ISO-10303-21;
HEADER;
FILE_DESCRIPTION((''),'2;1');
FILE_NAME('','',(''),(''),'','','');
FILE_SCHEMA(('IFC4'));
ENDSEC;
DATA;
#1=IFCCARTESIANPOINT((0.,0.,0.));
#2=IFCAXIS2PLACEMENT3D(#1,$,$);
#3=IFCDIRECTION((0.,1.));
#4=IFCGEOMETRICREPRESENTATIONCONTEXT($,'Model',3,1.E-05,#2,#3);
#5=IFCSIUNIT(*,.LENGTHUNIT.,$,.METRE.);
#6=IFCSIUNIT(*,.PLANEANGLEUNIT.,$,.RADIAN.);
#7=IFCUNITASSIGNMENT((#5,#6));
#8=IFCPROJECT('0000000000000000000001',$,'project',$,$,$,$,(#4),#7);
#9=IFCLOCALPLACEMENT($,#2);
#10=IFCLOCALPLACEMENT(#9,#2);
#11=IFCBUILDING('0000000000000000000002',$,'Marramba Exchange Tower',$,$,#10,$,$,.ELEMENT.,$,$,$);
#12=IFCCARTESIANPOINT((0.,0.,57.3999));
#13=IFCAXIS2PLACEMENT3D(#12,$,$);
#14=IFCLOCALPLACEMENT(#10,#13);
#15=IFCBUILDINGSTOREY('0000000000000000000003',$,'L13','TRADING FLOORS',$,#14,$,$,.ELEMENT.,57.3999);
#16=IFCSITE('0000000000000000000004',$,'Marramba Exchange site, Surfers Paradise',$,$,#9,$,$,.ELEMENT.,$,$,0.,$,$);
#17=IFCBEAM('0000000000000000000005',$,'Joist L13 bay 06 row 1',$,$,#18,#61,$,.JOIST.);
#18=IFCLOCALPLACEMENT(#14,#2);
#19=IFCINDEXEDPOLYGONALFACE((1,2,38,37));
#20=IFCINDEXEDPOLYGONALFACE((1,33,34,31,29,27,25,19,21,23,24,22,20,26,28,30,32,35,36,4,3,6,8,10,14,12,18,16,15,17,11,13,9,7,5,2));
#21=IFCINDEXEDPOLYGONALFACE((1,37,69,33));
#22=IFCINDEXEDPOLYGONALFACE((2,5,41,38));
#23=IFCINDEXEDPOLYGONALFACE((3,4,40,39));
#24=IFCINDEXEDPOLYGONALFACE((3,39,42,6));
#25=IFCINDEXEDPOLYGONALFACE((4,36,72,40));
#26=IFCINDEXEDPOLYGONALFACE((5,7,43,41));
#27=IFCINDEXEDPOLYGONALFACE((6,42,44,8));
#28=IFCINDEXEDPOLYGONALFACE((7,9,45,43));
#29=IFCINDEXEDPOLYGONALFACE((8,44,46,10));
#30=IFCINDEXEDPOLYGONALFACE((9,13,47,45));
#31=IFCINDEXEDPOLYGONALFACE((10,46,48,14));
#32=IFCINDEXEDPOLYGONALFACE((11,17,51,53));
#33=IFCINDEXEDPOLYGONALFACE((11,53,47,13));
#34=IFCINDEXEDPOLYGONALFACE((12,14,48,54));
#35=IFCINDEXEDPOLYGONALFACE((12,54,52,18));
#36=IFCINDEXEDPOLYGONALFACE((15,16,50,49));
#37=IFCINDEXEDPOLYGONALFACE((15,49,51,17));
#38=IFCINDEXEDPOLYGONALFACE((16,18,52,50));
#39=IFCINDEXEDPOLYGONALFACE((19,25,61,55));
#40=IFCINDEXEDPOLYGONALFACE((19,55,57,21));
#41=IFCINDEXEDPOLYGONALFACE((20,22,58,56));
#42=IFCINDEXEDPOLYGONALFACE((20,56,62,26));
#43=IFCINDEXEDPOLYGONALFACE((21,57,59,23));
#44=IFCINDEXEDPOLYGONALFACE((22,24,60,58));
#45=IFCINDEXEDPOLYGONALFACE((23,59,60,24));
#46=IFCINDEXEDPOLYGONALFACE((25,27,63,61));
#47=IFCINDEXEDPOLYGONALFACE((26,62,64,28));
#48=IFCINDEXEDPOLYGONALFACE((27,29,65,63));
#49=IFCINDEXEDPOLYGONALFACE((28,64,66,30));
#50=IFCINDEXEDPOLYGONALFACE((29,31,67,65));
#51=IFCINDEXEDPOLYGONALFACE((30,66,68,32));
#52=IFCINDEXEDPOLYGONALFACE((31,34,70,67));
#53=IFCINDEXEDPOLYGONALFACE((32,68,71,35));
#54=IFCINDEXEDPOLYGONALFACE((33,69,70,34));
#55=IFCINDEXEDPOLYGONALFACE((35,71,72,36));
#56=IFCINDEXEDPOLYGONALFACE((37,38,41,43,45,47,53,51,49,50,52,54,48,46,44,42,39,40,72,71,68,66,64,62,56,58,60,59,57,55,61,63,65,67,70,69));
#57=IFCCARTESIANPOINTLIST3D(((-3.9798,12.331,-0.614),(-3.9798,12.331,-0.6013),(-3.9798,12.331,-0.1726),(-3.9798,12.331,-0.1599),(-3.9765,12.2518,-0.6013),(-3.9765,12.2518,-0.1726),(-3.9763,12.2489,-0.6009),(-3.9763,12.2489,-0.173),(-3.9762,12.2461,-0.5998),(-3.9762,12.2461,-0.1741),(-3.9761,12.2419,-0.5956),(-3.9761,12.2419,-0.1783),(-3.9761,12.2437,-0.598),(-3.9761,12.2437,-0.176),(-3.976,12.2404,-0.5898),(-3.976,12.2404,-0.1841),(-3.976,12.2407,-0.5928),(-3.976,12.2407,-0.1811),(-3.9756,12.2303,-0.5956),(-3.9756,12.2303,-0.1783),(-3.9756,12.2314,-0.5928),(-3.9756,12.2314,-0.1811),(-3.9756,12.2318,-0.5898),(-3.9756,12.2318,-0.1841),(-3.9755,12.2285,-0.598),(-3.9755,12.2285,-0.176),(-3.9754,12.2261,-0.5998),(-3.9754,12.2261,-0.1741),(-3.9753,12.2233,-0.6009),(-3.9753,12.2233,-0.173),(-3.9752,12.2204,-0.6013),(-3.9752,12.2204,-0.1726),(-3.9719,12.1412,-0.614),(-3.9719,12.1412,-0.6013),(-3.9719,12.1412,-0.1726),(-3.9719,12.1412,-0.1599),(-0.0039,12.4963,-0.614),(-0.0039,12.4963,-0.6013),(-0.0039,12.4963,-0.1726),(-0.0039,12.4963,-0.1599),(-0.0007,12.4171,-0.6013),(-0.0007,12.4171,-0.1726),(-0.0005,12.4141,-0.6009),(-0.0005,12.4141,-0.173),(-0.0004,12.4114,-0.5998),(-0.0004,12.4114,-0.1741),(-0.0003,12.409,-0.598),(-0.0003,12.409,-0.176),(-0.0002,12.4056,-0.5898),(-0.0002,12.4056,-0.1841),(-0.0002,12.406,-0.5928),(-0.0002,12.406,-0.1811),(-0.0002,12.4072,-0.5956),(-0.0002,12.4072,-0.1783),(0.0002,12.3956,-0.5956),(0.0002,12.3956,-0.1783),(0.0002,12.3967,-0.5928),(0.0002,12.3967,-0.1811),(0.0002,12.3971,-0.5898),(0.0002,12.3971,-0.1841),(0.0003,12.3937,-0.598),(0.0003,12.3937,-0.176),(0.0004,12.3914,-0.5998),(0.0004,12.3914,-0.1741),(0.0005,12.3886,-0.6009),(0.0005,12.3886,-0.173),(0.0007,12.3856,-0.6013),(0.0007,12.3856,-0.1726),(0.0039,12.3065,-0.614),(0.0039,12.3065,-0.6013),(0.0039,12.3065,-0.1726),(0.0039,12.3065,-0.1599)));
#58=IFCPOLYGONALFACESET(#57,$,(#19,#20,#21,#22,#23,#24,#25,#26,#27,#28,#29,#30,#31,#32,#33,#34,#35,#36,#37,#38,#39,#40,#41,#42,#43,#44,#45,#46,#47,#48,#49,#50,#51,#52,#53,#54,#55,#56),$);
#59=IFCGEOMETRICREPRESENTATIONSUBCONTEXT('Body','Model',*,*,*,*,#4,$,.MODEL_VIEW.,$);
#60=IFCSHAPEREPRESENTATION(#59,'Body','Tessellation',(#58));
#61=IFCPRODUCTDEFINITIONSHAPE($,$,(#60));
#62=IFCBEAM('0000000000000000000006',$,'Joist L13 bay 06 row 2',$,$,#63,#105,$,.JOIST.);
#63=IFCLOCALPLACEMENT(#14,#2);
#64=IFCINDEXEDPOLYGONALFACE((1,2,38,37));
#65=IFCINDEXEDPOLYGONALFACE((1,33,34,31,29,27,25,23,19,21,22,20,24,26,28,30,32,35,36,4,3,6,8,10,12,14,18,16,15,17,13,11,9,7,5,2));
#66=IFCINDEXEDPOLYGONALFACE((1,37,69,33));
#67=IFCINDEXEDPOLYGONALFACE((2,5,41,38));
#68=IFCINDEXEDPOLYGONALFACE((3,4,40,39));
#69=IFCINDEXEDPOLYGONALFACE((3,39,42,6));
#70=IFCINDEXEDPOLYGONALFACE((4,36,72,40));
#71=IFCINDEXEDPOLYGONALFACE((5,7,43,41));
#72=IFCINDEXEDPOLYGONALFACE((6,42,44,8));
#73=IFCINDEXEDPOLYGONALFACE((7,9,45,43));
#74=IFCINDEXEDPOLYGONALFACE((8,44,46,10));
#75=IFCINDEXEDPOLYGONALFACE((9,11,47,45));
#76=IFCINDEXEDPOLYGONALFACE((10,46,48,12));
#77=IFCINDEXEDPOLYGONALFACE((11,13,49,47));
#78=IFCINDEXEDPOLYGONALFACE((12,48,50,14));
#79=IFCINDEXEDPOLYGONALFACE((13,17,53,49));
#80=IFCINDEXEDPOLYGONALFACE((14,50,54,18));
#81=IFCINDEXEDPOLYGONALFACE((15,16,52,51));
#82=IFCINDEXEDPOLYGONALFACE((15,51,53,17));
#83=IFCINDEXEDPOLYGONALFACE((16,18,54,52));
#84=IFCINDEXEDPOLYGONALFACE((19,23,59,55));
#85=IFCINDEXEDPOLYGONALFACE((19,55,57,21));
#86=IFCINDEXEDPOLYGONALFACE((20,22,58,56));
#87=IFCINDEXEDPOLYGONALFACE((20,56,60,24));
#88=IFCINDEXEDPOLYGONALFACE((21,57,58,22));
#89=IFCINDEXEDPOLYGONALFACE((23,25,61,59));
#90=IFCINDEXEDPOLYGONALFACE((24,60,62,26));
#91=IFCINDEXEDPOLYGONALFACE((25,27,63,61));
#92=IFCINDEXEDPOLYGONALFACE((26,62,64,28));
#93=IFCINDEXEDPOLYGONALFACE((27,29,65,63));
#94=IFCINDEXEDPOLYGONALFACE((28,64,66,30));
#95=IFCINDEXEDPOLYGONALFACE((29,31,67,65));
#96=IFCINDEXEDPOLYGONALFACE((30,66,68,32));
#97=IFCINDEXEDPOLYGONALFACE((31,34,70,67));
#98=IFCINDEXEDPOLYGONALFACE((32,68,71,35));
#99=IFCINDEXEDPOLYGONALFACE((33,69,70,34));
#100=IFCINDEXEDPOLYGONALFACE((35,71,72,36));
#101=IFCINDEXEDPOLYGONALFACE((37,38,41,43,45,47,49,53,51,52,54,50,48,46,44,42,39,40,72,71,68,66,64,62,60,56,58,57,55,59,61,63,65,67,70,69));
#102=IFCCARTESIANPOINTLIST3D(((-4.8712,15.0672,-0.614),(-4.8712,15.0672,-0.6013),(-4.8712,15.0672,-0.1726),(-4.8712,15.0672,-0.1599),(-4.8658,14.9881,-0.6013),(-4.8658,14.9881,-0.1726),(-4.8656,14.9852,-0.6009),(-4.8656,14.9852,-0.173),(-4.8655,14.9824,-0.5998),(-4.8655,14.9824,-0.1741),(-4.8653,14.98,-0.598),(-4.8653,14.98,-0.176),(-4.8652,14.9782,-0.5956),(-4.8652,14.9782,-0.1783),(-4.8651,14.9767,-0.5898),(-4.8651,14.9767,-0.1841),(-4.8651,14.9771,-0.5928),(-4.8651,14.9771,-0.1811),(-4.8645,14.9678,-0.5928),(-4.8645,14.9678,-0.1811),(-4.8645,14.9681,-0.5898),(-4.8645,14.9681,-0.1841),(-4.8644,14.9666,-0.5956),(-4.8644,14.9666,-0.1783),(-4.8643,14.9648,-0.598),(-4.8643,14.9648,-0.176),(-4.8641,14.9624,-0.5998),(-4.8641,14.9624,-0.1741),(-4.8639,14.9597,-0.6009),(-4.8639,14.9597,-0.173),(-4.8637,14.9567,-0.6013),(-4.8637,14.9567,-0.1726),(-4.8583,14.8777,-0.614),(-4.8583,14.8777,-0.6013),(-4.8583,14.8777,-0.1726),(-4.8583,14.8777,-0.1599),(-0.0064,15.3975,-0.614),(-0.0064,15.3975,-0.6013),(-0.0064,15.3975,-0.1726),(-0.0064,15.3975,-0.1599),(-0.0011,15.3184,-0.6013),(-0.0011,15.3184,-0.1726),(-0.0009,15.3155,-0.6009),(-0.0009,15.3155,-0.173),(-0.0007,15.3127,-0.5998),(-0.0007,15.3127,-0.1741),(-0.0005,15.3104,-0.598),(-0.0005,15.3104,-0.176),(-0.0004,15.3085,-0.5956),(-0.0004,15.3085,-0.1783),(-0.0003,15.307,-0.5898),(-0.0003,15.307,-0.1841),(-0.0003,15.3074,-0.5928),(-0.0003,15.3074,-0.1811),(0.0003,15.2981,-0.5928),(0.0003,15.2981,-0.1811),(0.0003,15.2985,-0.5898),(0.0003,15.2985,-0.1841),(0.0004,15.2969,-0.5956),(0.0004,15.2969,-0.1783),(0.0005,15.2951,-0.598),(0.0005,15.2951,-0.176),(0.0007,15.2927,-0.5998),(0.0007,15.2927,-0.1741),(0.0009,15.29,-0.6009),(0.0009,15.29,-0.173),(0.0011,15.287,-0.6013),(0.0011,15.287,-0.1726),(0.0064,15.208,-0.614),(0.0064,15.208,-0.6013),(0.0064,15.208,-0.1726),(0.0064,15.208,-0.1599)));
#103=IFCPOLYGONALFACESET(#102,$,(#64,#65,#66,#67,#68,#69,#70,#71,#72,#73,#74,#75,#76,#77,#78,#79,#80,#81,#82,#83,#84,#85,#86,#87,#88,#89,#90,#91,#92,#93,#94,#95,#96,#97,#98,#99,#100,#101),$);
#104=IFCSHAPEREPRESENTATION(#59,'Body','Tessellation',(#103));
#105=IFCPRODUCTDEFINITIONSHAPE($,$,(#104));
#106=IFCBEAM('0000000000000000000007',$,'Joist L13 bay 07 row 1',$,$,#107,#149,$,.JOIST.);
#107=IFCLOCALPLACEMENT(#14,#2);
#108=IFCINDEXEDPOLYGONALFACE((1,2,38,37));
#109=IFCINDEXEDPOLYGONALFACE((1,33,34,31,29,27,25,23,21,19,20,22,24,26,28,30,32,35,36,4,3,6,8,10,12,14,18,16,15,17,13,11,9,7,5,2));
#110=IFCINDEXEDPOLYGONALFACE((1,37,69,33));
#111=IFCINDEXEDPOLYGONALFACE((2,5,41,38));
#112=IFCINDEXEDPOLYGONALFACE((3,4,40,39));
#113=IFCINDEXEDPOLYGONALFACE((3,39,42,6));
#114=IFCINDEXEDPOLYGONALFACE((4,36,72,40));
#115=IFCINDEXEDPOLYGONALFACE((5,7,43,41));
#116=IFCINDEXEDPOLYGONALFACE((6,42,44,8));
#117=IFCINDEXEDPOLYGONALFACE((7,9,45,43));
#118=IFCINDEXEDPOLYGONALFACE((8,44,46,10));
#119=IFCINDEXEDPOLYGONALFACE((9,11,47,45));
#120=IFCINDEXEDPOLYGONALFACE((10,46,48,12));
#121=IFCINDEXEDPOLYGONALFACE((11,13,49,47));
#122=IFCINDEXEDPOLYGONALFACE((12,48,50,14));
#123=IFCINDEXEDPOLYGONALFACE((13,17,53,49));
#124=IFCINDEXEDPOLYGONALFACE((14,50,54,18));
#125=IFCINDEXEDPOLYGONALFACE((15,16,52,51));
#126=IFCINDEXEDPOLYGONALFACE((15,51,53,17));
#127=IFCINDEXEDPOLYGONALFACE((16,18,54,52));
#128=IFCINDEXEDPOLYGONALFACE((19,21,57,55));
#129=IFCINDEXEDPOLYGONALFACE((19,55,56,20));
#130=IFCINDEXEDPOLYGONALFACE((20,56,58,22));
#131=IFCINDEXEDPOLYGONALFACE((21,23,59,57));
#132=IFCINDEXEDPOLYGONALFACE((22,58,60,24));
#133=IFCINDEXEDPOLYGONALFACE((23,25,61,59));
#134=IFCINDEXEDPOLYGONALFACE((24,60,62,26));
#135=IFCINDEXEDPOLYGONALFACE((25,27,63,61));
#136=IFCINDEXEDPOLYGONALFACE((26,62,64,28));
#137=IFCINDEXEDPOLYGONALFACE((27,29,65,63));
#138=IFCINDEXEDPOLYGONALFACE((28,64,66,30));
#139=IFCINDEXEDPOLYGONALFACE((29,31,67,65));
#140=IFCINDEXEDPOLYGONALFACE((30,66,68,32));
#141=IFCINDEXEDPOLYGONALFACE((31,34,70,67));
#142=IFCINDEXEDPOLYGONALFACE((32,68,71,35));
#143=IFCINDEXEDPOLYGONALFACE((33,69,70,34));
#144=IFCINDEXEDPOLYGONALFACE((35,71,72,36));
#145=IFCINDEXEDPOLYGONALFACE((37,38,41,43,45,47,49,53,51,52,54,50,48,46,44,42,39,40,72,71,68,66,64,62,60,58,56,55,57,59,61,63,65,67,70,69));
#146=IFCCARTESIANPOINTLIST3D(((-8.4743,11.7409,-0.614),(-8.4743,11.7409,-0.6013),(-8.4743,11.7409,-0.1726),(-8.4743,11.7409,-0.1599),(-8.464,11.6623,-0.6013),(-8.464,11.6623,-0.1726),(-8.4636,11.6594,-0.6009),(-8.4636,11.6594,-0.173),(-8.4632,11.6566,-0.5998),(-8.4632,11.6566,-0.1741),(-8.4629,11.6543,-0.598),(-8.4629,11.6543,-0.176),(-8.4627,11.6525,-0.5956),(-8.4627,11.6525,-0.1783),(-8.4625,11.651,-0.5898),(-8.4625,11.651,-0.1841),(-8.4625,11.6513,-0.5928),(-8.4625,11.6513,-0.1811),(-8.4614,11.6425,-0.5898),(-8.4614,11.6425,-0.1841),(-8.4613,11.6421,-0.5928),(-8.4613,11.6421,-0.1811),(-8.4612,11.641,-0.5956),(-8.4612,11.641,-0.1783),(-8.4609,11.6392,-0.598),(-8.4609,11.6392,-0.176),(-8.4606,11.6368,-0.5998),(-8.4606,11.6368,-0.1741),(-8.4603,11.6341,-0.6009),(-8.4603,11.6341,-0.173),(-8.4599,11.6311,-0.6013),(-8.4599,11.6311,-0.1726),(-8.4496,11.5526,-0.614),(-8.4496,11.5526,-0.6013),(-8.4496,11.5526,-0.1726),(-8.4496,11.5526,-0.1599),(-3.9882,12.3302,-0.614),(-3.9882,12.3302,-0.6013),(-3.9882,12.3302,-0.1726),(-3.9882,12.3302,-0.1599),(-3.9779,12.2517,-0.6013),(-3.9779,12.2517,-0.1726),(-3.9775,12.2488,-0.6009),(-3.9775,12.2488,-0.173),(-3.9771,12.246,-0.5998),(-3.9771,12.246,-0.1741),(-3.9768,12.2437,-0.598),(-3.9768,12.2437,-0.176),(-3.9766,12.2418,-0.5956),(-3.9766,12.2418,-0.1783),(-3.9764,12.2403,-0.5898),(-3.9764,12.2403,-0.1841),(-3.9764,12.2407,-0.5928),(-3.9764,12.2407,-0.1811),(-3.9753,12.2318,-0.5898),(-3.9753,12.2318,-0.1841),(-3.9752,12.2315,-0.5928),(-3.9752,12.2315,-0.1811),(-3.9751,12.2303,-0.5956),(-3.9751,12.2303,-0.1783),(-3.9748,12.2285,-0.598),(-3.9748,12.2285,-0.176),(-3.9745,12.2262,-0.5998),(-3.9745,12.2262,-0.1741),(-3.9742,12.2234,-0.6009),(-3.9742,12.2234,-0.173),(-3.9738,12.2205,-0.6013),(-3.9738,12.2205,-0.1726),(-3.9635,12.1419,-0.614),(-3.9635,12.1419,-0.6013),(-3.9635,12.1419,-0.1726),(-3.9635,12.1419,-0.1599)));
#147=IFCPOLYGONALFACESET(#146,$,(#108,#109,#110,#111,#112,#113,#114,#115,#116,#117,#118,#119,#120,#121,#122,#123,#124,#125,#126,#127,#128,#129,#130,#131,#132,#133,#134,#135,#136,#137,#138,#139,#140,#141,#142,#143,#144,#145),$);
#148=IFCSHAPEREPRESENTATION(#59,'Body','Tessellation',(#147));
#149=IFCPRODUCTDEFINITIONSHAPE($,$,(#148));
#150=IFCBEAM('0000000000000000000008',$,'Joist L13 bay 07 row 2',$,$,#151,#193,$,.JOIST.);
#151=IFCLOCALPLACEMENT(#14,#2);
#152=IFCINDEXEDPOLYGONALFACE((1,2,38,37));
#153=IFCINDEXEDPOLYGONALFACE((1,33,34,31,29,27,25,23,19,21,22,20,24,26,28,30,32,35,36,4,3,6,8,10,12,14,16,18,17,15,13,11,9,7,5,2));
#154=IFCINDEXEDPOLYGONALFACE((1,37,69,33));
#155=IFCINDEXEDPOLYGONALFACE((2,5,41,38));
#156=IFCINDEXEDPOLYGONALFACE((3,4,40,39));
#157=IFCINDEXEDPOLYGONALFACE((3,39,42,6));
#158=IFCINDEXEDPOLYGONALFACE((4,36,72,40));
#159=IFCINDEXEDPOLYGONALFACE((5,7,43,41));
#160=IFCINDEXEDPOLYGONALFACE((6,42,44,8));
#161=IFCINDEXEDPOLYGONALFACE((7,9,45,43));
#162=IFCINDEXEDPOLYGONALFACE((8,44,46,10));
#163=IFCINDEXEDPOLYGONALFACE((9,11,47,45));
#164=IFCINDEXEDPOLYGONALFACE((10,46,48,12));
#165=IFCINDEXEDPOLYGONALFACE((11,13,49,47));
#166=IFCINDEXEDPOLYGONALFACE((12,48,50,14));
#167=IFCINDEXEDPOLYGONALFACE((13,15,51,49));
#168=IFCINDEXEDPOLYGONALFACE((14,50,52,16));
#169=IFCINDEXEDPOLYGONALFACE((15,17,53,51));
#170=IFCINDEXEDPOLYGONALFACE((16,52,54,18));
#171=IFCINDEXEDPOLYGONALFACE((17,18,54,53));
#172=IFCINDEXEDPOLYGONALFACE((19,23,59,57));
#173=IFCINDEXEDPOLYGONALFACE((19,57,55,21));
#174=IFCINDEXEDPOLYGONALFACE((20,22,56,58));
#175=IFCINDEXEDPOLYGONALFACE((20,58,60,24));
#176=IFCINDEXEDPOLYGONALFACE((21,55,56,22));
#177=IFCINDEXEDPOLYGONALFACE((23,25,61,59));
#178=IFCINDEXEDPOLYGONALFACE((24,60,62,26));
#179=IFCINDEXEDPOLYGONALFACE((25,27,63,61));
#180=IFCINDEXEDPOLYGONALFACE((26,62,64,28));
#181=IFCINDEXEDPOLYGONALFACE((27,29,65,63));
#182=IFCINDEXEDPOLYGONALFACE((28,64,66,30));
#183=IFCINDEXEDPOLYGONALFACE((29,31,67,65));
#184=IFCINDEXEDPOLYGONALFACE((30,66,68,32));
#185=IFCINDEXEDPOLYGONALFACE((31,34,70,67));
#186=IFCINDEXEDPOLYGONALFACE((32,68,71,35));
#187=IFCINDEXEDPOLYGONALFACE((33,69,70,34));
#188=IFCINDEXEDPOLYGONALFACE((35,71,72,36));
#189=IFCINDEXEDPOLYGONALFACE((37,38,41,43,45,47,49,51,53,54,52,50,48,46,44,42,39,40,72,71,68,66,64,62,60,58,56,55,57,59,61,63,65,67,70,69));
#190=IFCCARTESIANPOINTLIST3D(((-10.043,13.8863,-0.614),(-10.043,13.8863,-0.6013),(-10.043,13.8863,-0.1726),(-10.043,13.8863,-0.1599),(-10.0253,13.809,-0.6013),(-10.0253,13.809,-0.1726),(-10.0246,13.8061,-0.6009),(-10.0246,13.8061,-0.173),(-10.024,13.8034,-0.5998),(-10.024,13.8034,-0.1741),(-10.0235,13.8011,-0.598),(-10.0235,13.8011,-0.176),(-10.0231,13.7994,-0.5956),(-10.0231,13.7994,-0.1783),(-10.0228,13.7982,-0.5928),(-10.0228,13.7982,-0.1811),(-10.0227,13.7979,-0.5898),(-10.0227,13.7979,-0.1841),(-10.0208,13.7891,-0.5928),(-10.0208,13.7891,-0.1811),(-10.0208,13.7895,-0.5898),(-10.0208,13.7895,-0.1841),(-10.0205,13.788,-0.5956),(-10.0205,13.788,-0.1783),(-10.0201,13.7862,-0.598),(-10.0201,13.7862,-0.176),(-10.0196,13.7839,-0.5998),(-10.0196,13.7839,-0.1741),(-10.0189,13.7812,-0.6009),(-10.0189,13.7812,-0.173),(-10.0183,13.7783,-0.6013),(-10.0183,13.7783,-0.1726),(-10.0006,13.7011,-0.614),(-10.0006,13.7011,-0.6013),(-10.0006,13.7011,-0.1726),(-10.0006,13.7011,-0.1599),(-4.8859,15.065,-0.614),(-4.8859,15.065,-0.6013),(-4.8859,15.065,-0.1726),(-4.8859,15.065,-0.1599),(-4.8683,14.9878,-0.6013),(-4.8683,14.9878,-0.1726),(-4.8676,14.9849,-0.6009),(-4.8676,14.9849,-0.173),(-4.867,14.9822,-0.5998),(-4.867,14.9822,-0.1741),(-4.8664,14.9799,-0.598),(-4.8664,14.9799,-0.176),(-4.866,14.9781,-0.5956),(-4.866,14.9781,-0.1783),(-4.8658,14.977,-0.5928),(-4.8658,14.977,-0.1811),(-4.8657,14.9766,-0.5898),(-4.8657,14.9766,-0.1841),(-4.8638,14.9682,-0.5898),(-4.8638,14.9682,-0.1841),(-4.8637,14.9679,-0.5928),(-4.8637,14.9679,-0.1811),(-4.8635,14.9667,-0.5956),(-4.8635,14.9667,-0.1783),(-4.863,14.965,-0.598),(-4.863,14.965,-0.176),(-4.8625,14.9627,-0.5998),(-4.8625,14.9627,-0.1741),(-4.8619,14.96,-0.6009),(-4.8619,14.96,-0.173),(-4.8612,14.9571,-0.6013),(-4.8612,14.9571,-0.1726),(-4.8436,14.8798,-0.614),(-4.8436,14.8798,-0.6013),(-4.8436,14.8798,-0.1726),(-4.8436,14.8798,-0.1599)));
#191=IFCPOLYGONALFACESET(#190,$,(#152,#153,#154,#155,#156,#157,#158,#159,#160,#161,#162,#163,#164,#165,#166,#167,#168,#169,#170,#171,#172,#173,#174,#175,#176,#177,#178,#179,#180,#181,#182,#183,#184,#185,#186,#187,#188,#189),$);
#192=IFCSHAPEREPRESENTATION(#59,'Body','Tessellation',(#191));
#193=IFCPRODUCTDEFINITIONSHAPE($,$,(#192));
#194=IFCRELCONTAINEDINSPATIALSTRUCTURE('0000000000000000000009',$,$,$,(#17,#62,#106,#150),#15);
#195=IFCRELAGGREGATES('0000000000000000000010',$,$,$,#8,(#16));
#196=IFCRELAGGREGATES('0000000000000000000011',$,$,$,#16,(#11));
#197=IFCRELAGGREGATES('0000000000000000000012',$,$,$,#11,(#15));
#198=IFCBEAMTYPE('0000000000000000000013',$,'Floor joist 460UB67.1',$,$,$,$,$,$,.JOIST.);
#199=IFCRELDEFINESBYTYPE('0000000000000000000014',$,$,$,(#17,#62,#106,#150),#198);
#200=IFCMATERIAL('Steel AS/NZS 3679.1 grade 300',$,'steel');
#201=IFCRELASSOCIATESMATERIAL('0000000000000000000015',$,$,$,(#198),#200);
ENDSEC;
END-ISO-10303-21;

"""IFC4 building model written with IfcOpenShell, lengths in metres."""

from ifc_helpers import new_model, si_unit, direction, frame, origin, origin_2d, place, context, subcontext, project, spatial, i_section, extrude, material, material_profile, profile_set, type_object, element, save


model = new_model("IFC4")

# Units and contexts
model_context = context("Model", 3, precision=1e-05, world=origin(), true_north=direction((0.0, 1.0)))
body_context = subcontext(model_context, "Body", "Model", "MODEL_VIEW")
ifc_project = project(units=[si_unit("LENGTHUNIT", "METRE"), si_unit("PLANEANGLEUNIT", "RADIAN")], contexts=[model_context])

# Site, building, storey
site_placement = place(None, origin())
site = spatial("IfcSite", under=ifc_project, at=site_placement, Name="Marramba Exchange site, Surfers Paradise", CompositionType="ELEMENT", RefElevation=0.0)
building_placement = place(site_placement, origin())
building = spatial("IfcBuilding", under=site, at=building_placement, Name="Marramba Exchange Tower", CompositionType="ELEMENT")
storey_placement = place(building_placement, frame((0.0, 0.0, 57.3999)))
storey = spatial("IfcBuildingStorey", under=building, at=storey_placement, Name="L13", Description="TRADING FLOORS", CompositionType="ELEMENT", Elevation=57.3999)

# Beams
ifc_material_1 = material(Name="Steel AS/NZS 3679.1 grade 300", Category="steel")
ifc_material_profile_1 = material_profile(ifc_material_1, i_section(OverallWidth=0.1899, OverallDepth=0.4541, WebThickness=0.0085, FlangeThickness=0.0127, FilletRadius=0.0115, at=origin_2d()), Name="460UB67.1")
ifc_profile_set_1 = profile_set([ifc_material_profile_1], Name="Steel AS/NZS 3679.1 grade 300")
beam_type_1 = type_object("IfcBeamType", Name="Floor joist 460UB67.1", PredefinedType="JOIST", material=ifc_profile_set_1)
beam_1_placement = place(storey_placement, frame((0.0, 12.4014, -0.387), z_axis=(-0.999137, -0.041536, 0.0), x_axis=(0.041536, -0.999137, 0.0)))
element("IfcBeam", 1, at=beam_1_placement, inside=storey, type_object=beam_type_1, Name="Joist L13 bay 06 row 1", PredefinedType="JOIST", context=body_context, shape_type="SweptSolid", body=[
    extrude(i_section(OverallWidth=0.1899, OverallDepth=0.4541, WebThickness=0.0085, FlangeThickness=0.0127, FilletRadius=0.0115, at=origin_2d()), origin(), (0.0, 0.0, 1.0), 3.9792),
])
beam_2_placement = place(storey_placement, frame((0.0, 15.3027, -0.387), z_axis=(-0.997703, -0.067745, 0.0), x_axis=(0.067745, -0.997703, 0.0)))
element("IfcBeam", 2, at=beam_2_placement, inside=storey, type_object=beam_type_1, Name="Joist L13 bay 06 row 2", PredefinedType="JOIST", context=body_context, shape_type="SweptSolid", body=[
    extrude(i_section(OverallWidth=0.1899, OverallDepth=0.4541, WebThickness=0.0085, FlangeThickness=0.0127, FilletRadius=0.0115, at=origin_2d()), origin(), (0.0, 0.0, 1.0), 4.876),
])
beam_3_placement = place(storey_placement, frame((-3.9758, 12.2361, -0.387), z_axis=(-0.991481, -0.130255, 0.0), x_axis=(0.130255, -0.991481, 0.0)))
element("IfcBeam", 3, at=beam_3_placement, inside=storey, type_object=beam_type_1, Name="Joist L13 bay 07 row 1", PredefinedType="JOIST", context=body_context, shape_type="SweptSolid", body=[
    extrude(i_section(OverallWidth=0.1899, OverallDepth=0.4541, WebThickness=0.0085, FlangeThickness=0.0127, FilletRadius=0.0115, at=origin_2d()), origin(), (0.0, 0.0, 1.0), 4.5247),
])
beam_4_placement = place(storey_placement, frame((-4.8647, 14.9724, -0.387), z_axis=(-0.97486, -0.22282, 0.0), x_axis=(0.22282, -0.97486, 0.0)))
element("IfcBeam", 4, at=beam_4_placement, inside=storey, type_object=beam_type_1, Name="Joist L13 bay 07 row 2", PredefinedType="JOIST", context=body_context, shape_type="SweptSolid", body=[
    extrude(i_section(OverallWidth=0.1899, OverallDepth=0.4541, WebThickness=0.0085, FlangeThickness=0.0127, FilletRadius=0.0115, at=origin_2d()), origin(), (0.0, 0.0, 1.0), 5.29),
])

save(model, "model.ifc")
